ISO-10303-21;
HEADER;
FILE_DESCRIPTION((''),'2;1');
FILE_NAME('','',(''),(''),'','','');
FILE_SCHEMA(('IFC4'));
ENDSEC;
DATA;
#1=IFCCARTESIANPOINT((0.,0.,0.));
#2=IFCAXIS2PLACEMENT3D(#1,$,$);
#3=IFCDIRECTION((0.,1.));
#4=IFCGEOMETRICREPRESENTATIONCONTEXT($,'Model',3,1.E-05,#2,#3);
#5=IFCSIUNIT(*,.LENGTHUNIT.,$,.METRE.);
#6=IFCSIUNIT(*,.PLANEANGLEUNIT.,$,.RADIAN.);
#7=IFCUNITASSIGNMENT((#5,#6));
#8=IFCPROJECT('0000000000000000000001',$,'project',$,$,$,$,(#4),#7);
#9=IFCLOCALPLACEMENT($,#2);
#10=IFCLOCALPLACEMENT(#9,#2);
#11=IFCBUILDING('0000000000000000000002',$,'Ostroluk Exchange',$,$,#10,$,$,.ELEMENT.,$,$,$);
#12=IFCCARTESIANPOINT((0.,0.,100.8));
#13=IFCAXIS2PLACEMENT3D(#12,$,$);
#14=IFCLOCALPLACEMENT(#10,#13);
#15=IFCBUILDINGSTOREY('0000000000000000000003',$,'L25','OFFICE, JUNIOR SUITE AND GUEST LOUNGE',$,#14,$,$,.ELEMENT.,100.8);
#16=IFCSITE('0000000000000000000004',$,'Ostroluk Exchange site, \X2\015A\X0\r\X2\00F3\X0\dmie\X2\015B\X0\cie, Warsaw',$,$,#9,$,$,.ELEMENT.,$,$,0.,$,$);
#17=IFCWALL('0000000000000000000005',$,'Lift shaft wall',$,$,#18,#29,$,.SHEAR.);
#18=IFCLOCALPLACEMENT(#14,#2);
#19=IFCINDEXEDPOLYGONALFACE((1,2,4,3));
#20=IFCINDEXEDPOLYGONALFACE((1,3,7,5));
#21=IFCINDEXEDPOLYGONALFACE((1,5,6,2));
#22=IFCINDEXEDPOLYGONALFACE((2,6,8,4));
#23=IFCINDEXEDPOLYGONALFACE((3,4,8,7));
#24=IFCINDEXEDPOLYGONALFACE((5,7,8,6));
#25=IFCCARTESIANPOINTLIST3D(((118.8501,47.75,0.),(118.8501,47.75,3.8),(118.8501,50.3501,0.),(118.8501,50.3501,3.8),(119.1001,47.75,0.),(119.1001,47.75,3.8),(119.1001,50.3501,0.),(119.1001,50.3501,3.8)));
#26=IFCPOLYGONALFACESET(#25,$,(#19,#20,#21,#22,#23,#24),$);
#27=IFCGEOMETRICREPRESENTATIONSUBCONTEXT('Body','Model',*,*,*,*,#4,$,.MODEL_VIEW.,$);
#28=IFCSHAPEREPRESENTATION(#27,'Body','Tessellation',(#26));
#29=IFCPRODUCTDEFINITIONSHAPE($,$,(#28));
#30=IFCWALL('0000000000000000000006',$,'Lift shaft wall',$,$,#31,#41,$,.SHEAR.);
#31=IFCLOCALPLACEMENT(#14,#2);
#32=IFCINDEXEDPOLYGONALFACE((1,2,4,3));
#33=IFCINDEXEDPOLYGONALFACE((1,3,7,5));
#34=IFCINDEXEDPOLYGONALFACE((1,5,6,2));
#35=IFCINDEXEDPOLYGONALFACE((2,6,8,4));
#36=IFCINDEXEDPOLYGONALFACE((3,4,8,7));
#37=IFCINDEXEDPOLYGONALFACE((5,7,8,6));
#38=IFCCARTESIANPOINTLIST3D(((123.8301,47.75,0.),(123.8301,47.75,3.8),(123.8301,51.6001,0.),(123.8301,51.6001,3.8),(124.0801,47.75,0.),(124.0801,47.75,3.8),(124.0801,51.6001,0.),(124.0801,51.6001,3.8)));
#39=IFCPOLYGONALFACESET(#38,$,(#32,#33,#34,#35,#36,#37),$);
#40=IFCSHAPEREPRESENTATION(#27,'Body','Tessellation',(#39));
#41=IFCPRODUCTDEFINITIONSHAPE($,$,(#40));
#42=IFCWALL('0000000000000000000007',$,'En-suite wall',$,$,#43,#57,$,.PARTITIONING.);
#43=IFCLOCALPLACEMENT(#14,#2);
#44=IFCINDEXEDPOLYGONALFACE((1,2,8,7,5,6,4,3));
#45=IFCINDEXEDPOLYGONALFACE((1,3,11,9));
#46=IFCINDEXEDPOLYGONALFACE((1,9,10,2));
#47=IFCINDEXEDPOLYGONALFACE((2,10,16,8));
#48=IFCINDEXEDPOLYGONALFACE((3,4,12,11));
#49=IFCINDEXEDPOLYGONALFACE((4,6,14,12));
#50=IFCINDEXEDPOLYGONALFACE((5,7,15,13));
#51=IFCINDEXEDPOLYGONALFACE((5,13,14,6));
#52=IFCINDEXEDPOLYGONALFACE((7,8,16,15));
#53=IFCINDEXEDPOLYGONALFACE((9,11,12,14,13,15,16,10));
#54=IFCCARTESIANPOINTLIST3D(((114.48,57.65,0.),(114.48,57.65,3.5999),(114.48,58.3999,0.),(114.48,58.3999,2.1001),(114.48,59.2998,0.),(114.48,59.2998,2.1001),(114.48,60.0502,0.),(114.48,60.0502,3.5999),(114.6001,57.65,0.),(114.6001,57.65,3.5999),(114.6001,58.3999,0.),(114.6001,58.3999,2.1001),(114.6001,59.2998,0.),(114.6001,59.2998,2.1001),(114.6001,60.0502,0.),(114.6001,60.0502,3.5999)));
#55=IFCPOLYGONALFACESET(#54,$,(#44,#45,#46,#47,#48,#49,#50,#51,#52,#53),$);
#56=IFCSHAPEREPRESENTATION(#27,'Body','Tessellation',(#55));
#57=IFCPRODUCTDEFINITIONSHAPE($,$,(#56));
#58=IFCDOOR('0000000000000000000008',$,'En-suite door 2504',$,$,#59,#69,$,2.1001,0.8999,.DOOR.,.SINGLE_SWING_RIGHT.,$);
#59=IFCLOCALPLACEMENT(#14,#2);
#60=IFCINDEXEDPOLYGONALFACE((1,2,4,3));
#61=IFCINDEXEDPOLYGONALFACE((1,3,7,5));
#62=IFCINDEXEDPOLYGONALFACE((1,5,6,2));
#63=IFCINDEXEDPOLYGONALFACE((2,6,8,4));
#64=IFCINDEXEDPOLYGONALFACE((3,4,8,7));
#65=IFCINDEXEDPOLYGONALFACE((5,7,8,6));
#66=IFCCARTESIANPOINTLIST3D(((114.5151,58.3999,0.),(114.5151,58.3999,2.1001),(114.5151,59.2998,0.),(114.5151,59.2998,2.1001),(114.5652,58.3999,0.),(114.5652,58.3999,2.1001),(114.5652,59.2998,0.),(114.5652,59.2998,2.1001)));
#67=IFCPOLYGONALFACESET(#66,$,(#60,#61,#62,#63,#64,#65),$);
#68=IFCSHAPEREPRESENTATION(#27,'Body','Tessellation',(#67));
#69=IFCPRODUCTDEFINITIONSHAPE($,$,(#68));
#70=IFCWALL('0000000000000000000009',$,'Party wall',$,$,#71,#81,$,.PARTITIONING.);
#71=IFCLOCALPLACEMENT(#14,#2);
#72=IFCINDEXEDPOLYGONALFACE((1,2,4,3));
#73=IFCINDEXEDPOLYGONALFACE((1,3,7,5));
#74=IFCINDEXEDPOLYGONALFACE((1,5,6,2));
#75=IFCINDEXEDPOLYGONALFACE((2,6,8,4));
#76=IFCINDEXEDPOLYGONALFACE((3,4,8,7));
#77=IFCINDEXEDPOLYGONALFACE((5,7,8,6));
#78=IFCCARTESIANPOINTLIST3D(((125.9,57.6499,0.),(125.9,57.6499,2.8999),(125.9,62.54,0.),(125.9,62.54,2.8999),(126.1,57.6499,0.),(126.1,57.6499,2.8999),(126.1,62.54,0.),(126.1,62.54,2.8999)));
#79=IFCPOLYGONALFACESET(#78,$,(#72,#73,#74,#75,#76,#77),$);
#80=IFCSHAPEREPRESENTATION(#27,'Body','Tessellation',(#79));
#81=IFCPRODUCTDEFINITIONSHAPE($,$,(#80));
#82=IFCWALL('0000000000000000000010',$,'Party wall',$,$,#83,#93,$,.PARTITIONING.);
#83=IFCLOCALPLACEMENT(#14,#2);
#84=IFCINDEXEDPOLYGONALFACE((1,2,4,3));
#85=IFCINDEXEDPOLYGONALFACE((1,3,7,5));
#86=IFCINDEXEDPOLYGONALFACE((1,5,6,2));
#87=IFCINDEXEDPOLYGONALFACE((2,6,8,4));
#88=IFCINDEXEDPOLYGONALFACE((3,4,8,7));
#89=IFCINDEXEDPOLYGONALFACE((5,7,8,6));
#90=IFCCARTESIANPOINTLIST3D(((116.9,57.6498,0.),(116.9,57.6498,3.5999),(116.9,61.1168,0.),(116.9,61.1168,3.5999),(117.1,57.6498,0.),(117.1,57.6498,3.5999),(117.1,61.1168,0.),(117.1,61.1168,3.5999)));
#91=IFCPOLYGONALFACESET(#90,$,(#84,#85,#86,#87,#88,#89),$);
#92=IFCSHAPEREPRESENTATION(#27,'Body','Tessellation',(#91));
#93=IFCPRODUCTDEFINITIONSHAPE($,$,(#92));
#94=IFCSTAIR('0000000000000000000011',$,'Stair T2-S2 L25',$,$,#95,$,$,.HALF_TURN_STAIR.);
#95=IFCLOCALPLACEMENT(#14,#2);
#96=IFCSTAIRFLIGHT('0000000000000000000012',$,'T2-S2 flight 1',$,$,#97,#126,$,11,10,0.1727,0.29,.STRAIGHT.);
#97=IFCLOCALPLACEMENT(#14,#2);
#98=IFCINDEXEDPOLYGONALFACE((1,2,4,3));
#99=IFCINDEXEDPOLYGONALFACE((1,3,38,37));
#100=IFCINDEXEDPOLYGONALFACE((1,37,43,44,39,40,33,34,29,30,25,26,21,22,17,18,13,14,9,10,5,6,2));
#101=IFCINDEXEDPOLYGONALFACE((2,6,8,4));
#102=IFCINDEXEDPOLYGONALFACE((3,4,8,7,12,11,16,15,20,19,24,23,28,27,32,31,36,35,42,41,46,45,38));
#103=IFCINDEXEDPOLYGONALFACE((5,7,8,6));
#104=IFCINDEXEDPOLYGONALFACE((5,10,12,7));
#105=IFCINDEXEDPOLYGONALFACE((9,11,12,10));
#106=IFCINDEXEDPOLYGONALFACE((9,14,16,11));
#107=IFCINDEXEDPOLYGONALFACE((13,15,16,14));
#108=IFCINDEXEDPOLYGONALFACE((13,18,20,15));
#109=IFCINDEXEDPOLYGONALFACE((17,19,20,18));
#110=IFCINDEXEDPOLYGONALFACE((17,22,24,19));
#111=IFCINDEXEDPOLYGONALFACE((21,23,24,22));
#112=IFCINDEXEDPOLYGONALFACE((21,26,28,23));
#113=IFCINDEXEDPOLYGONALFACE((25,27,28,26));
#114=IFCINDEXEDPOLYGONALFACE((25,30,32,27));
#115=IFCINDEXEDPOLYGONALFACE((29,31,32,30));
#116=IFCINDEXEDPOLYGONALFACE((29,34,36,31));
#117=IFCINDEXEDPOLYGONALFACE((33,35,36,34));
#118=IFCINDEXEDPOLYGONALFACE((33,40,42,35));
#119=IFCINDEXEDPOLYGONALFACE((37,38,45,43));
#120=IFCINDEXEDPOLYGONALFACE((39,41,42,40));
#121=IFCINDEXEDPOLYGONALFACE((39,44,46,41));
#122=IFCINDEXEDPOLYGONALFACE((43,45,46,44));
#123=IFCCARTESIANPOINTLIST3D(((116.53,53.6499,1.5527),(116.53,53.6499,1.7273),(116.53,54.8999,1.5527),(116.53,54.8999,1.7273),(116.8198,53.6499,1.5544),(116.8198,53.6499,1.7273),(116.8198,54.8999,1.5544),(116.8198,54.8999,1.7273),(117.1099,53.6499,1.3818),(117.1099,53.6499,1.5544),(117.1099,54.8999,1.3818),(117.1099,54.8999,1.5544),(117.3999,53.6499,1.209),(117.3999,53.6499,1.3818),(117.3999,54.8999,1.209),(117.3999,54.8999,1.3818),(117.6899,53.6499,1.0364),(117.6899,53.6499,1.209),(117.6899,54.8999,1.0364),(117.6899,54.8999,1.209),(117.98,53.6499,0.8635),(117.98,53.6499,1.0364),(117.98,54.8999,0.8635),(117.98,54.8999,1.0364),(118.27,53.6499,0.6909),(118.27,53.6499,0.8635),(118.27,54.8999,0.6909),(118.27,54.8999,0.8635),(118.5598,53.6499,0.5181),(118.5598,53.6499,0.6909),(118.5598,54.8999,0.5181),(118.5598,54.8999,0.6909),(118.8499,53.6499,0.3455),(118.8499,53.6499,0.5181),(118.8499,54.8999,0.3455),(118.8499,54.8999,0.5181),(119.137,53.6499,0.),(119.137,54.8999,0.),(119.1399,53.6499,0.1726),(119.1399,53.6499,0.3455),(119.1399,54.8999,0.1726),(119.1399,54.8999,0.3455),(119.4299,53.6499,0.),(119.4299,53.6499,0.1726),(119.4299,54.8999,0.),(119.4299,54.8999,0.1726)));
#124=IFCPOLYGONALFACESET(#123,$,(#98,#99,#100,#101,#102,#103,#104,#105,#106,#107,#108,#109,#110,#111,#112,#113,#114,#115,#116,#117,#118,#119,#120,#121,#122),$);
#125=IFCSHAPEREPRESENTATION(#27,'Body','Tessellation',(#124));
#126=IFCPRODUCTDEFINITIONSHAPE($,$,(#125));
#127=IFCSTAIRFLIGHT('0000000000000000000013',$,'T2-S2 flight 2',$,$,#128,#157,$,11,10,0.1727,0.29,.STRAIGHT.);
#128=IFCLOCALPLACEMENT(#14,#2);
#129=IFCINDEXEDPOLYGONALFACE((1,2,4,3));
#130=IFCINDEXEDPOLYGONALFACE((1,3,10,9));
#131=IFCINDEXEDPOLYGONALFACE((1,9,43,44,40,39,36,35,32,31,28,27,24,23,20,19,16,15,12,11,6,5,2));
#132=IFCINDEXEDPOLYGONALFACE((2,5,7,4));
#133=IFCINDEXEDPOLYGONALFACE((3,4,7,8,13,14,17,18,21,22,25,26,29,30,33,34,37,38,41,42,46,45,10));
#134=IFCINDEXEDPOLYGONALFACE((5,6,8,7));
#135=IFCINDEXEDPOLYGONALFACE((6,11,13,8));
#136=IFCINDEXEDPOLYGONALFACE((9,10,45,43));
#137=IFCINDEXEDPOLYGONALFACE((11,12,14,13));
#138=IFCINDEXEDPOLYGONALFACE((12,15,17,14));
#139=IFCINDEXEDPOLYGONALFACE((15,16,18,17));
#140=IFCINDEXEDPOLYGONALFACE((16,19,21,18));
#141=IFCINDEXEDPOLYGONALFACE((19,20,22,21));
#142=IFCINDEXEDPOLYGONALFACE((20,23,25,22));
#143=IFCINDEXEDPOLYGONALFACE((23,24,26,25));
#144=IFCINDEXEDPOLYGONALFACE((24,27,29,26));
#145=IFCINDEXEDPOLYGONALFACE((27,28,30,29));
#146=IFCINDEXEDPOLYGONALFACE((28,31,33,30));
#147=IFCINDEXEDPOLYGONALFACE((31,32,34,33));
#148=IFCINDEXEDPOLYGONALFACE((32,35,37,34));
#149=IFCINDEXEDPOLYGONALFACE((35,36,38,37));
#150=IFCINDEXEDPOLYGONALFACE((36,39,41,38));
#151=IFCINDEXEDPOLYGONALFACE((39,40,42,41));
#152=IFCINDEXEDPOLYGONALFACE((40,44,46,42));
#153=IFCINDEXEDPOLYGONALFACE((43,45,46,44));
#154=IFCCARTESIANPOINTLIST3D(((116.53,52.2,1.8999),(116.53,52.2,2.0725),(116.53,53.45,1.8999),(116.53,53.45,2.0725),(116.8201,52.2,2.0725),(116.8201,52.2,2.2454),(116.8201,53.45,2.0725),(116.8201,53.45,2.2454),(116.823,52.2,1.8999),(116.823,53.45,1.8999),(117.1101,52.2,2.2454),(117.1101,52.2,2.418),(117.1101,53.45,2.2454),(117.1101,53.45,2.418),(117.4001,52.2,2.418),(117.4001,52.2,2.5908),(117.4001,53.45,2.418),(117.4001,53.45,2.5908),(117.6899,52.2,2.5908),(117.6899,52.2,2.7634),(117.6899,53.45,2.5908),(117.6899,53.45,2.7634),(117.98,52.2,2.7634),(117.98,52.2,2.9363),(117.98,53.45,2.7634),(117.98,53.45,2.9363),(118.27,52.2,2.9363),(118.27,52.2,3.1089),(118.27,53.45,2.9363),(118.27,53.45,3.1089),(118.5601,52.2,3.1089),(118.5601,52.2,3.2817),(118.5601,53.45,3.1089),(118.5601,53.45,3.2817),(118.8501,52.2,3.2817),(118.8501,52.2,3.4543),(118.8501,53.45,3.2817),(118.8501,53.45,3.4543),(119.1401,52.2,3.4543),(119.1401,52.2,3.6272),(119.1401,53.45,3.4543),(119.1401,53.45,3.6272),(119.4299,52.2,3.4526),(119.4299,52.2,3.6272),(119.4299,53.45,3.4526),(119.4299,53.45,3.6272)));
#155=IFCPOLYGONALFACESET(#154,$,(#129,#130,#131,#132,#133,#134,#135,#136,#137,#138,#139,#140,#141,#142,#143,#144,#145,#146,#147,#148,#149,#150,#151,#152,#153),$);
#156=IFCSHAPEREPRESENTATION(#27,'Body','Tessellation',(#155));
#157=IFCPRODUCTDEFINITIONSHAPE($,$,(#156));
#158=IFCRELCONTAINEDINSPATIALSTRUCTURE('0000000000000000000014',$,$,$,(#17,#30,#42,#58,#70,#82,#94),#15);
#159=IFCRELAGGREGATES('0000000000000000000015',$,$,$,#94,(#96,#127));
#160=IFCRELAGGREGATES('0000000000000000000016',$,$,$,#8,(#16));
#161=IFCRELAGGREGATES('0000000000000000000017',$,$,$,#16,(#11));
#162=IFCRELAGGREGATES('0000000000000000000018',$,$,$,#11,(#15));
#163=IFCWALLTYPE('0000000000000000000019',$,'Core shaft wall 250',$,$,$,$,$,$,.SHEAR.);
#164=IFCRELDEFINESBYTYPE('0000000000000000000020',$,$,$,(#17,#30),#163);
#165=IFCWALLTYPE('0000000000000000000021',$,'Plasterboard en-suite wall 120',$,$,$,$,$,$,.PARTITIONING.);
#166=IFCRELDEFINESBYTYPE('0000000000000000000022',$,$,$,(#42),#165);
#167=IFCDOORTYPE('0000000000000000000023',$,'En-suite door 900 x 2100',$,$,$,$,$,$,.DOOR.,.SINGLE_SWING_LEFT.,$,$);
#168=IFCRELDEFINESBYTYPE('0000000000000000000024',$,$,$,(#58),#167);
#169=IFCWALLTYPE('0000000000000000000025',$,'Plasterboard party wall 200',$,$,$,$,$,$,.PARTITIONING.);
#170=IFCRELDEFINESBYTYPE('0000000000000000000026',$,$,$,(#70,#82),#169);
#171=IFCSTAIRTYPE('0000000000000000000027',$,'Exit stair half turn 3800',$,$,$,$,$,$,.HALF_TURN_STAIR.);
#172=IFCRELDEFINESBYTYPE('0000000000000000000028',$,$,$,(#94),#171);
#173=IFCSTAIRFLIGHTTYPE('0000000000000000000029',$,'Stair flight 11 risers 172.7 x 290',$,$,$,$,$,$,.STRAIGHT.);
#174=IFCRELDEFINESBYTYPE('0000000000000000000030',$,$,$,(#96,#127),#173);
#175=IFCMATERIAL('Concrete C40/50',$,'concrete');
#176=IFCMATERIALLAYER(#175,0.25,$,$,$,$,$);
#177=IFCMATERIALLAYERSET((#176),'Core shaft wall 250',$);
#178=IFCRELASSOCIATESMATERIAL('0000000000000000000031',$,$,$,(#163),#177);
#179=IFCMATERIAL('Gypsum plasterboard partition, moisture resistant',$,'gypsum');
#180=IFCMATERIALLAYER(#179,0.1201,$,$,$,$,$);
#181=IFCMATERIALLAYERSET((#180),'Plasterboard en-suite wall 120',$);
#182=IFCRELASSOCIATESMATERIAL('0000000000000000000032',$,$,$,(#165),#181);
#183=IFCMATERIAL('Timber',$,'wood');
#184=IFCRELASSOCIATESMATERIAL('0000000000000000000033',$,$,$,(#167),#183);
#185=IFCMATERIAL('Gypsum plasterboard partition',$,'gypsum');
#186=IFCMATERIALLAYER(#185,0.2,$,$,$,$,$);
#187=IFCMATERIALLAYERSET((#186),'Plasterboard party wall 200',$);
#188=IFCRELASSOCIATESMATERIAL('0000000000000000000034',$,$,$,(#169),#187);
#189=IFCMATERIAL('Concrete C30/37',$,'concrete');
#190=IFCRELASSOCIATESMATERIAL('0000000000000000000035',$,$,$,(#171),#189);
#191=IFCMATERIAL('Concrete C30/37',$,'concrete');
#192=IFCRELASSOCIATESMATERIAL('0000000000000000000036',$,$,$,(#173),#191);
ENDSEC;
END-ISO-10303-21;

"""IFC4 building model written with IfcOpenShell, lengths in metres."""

from ifc_helpers import new_model, si_unit, direction, frame, frame_2d, origin, place, context, subcontext, project, spatial, polyline, rectangle, outline, extrude, material, layer, layer_set, type_object, element, fill, aggregate, save


model = new_model("IFC4")

# Units and contexts
model_context = context("Model", 3, precision=1e-05, world=origin(), true_north=direction((0.0, 1.0)))
body_context = subcontext(model_context, "Body", "Model", "MODEL_VIEW")
ifc_project = project(units=[si_unit("LENGTHUNIT", "METRE"), si_unit("PLANEANGLEUNIT", "RADIAN")], contexts=[model_context])

# Site, building, storey
site_placement = place(None, origin())
site = spatial("IfcSite", under=ifc_project, at=site_placement, Name="Ostroluk Exchange site, Śródmieście, Warsaw", CompositionType="ELEMENT", RefElevation=0.0)
building_placement = place(site_placement, origin())
building = spatial("IfcBuilding", under=site, at=building_placement, Name="Ostroluk Exchange", CompositionType="ELEMENT")
storey_placement = place(building_placement, frame((0.0, 0.0, 100.8)))
storey = spatial("IfcBuildingStorey", under=building, at=storey_placement, Name="L25", Description="OFFICE, JUNIOR SUITE AND GUEST LOUNGE", CompositionType="ELEMENT", Elevation=100.8)

# Shared definitions
ifc_material_1 = material(Name="Concrete C40/50", Category="concrete")
ifc_layer_1 = layer(ifc_material_1, 0.25)
ifc_layer_set_1 = layer_set([ifc_layer_1], Name="Core shaft wall 250")
wall_type_1 = type_object("IfcWallType", Name="Core shaft wall 250", PredefinedType="SHEAR", material=ifc_layer_set_1)

# Walls
for number, where, z_axis, x_axis, name in (
    (1, (118.9751, 47.75, 0.0), (0.0, 0.0, 1.0), (0.0, 1.0, 0.0), "Lift shaft wall"),
):
    element("IfcWall", number, at=place(storey_placement, frame(where, z_axis=z_axis, x_axis=x_axis)), inside=storey, type_object=wall_type_1, Name=name, PredefinedType="SHEAR", context=body_context, shape_type="SweptSolid", body=[
        extrude(rectangle(XDim=2.6001, YDim=0.25, at=frame_2d((1.3, 0.0))), origin(), (0.0, 0.0, 1.0), 3.8),
    ])
wall_1_placement = place(storey_placement, frame((123.9551, 47.75, 0.0), z_axis=(0.0, 0.0, 1.0), x_axis=(0.0, 1.0, 0.0)))
element("IfcWall", 2, at=wall_1_placement, inside=storey, type_object=wall_type_1, Name="Lift shaft wall", PredefinedType="SHEAR", context=body_context, shape_type="SweptSolid", body=[
    extrude(rectangle(XDim=3.8501, YDim=0.25, at=frame_2d((1.925, 0.0))), origin(), (0.0, 0.0, 1.0), 3.8),
])

# Wall, opening, door
ifc_material_2 = material(Name="Gypsum plasterboard partition, moisture resistant", Category="gypsum")
ifc_layer_2 = layer(ifc_material_2, 0.1201)
ifc_layer_set_2 = layer_set([ifc_layer_2], Name="Plasterboard en-suite wall 120")
wall_type_2 = type_object("IfcWallType", Name="Plasterboard en-suite wall 120", PredefinedType="PARTITIONING", material=ifc_layer_set_2)
wall_2_placement = place(storey_placement, frame((114.54, 57.6499, 0.0), z_axis=(0.0, 0.0, 1.0), x_axis=(0.0, 1.0, 0.0)))
wall_2 = element("IfcWall", 3, at=wall_2_placement, inside=storey, type_object=wall_type_2, Name="En-suite wall", PredefinedType="PARTITIONING", context=body_context, shape_type="SweptSolid", body=[
    extrude(rectangle(XDim=2.4001, YDim=0.1201, at=frame_2d((1.2002, 0.0))), origin(), (0.0, 0.0, 1.0), 3.5999),
])
opening_1_placement = place(wall_2_placement, frame((0.75, 0.0, 0.0)))
opening_1 = element("IfcOpeningElement", 4, at=opening_1_placement, cuts=wall_2, PredefinedType="OPENING", context=body_context, shape_type="SweptSolid", body=[
    extrude(rectangle(XDim=0.8999, YDim=2.1001, at=frame_2d((0.45, 1.05))), frame((0.0, 0.0701, 0.0), z_axis=(0.0, -1.0, 0.0), x_axis=(1.0, 0.0, 0.0)), (0.0, 0.0, 1.0), 0.1401),
])
ifc_material_3 = material(Name="Timber", Category="wood")
door_type_1 = type_object("IfcDoorType", Name="En-suite door 900 x 2100", OperationType="SINGLE_SWING_LEFT", PredefinedType="DOOR", material=ifc_material_3)
door_1_placement = place(opening_1_placement, origin())
door_1 = element("IfcDoor", 5, at=door_1_placement, inside=storey, type_object=door_type_1, Name="En-suite door 2504", OperationType="SINGLE_SWING_RIGHT", OverallHeight=2.1001, OverallWidth=0.8999, PredefinedType="DOOR", context=body_context, shape_type="SweptSolid", body=[
    extrude(rectangle(XDim=0.8999, YDim=2.1001, at=frame_2d((0.45, 1.05))), frame((0.0, 0.0249, 0.0), z_axis=(0.0, -1.0, 0.0), x_axis=(1.0, 0.0, 0.0)), (0.0, 0.0, 1.0), 0.05),
])
fill(opening_1, door_1)

# Walls
ifc_material_4 = material(Name="Gypsum plasterboard partition", Category="gypsum")
ifc_layer_3 = layer(ifc_material_4, 0.2)
ifc_layer_set_3 = layer_set([ifc_layer_3], Name="Plasterboard party wall 200")
wall_type_3 = type_object("IfcWallType", Name="Plasterboard party wall 200", PredefinedType="PARTITIONING", material=ifc_layer_set_3)
wall_3_placement = place(storey_placement, frame((126.0, 57.6499, 0.0), z_axis=(0.0, 0.0, 1.0), x_axis=(0.0, 1.0, 0.0)))
element("IfcWall", 6, at=wall_3_placement, inside=storey, type_object=wall_type_3, Name="Party wall", PredefinedType="PARTITIONING", context=body_context, shape_type="SweptSolid", body=[
    extrude(rectangle(XDim=4.8901, YDim=0.2, at=frame_2d((2.4451, 0.0))), origin(), (0.0, 0.0, 1.0), 2.8999),
])
wall_4_placement = place(storey_placement, frame((117.0, 57.6499, 0.0), z_axis=(0.0, 0.0, 1.0), x_axis=(0.0, 1.0, 0.0)))
element("IfcWall", 7, at=wall_4_placement, inside=storey, type_object=wall_type_3, Name="Party wall", PredefinedType="PARTITIONING", context=body_context, shape_type="SweptSolid", body=[
    extrude(rectangle(XDim=3.467, YDim=0.2, at=frame_2d((1.7334, 0.0))), origin(), (0.0, 0.0, 1.0), 3.5999),
])

# Stair, stair flights
ifc_material_5 = material(Name="Concrete C30/37", Category="concrete")
stair_type = type_object("IfcStairType", Name="Exit stair half turn 3800", PredefinedType="HALF_TURN_STAIR", material=ifc_material_5)
stair_placement = place(storey_placement, origin())
stair = element("IfcStair", 8, at=stair_placement, inside=storey, type_object=stair_type, Name="Stair T2-S2 L25", PredefinedType="HALF_TURN_STAIR")
ifc_material_6 = material(Name="Concrete C30/37", Category="concrete")
stair_flight_type = type_object("IfcStairFlightType", Name="Stair flight 11 risers 172.7 x 290", PredefinedType="STRAIGHT", material=ifc_material_6)
stair_flight_1_placement = place(storey_placement, frame((119.4299, 54.2749, 0.0), z_axis=(0.0, 0.0, 1.0), x_axis=(-1.0, 0.0, 0.0)))
stair_flight_1 = element("IfcStairFlight", 9, at=stair_flight_1_placement, type_object=stair_flight_type, Name="T2-S2 flight 1", NumberOfRisers=11, NumberOfTreads=10, PredefinedType="STRAIGHT", RiserHeight=0.1727, TreadLength=0.29, context=body_context, shape_type="SweptSolid", body=[
    extrude(outline(polyline([(0.0, 0.0), (0.0, 0.1726), (0.29, 0.1726), (0.29, 0.3455), (0.5801, 0.3455), (0.5801, 0.5181), (0.8701, 0.5181), (0.8701, 0.6909), (1.1599, 0.6909), (1.1599, 0.8635), (1.45, 0.8635), (1.45, 1.0364), (1.74, 1.0364), (1.74, 1.209), (2.03, 1.209), (2.03, 1.3818), (2.3201, 1.3818), (2.3201, 1.5544), (2.6101, 1.5544), (2.6101, 1.7273), (2.8999, 1.7273), (2.8999, 1.8999), (2.8999, 1.5527), (0.293, 0.0), (0.0, 0.0)])), frame((0.0, 0.625, 0.0), z_axis=(0.0, -1.0, 0.0), x_axis=(1.0, 0.0, 0.0)), (0.0, 0.0, 1.0), 1.25),
])
stair_flight_2_placement = place(storey_placement, frame((116.53, 52.825, 1.8999), z_axis=(0.0, 0.0, 1.0), x_axis=(1.0, 0.0, 0.0)))
stair_flight_2 = element("IfcStairFlight", 10, at=stair_flight_2_placement, type_object=stair_flight_type, Name="T2-S2 flight 2", NumberOfRisers=11, NumberOfTreads=10, PredefinedType="STRAIGHT", RiserHeight=0.1727, TreadLength=0.29, context=body_context, shape_type="SweptSolid", body=[
    extrude(outline(polyline([(0.0, 0.0), (0.0, 0.1726), (0.29, 0.1726), (0.29, 0.3455), (0.5801, 0.3455), (0.5801, 0.5181), (0.8701, 0.5181), (0.8701, 0.6909), (1.1599, 0.6909), (1.1599, 0.8635), (1.45, 0.8635), (1.45, 1.0364), (1.74, 1.0364), (1.74, 1.209), (2.03, 1.209), (2.03, 1.3818), (2.3201, 1.3818), (2.3201, 1.5544), (2.6101, 1.5544), (2.6101, 1.7273), (2.8999, 1.7273), (2.8999, 1.8999), (2.8999, 1.5527), (0.293, 0.0), (0.0, 0.0)])), frame((0.0, 0.625, 0.0), z_axis=(0.0, -1.0, 0.0), x_axis=(1.0, 0.0, 0.0)), (0.0, 0.0, 1.0), 1.25),
])
aggregate(stair, [stair_flight_1, stair_flight_2])

save(model, "model.ifc")
